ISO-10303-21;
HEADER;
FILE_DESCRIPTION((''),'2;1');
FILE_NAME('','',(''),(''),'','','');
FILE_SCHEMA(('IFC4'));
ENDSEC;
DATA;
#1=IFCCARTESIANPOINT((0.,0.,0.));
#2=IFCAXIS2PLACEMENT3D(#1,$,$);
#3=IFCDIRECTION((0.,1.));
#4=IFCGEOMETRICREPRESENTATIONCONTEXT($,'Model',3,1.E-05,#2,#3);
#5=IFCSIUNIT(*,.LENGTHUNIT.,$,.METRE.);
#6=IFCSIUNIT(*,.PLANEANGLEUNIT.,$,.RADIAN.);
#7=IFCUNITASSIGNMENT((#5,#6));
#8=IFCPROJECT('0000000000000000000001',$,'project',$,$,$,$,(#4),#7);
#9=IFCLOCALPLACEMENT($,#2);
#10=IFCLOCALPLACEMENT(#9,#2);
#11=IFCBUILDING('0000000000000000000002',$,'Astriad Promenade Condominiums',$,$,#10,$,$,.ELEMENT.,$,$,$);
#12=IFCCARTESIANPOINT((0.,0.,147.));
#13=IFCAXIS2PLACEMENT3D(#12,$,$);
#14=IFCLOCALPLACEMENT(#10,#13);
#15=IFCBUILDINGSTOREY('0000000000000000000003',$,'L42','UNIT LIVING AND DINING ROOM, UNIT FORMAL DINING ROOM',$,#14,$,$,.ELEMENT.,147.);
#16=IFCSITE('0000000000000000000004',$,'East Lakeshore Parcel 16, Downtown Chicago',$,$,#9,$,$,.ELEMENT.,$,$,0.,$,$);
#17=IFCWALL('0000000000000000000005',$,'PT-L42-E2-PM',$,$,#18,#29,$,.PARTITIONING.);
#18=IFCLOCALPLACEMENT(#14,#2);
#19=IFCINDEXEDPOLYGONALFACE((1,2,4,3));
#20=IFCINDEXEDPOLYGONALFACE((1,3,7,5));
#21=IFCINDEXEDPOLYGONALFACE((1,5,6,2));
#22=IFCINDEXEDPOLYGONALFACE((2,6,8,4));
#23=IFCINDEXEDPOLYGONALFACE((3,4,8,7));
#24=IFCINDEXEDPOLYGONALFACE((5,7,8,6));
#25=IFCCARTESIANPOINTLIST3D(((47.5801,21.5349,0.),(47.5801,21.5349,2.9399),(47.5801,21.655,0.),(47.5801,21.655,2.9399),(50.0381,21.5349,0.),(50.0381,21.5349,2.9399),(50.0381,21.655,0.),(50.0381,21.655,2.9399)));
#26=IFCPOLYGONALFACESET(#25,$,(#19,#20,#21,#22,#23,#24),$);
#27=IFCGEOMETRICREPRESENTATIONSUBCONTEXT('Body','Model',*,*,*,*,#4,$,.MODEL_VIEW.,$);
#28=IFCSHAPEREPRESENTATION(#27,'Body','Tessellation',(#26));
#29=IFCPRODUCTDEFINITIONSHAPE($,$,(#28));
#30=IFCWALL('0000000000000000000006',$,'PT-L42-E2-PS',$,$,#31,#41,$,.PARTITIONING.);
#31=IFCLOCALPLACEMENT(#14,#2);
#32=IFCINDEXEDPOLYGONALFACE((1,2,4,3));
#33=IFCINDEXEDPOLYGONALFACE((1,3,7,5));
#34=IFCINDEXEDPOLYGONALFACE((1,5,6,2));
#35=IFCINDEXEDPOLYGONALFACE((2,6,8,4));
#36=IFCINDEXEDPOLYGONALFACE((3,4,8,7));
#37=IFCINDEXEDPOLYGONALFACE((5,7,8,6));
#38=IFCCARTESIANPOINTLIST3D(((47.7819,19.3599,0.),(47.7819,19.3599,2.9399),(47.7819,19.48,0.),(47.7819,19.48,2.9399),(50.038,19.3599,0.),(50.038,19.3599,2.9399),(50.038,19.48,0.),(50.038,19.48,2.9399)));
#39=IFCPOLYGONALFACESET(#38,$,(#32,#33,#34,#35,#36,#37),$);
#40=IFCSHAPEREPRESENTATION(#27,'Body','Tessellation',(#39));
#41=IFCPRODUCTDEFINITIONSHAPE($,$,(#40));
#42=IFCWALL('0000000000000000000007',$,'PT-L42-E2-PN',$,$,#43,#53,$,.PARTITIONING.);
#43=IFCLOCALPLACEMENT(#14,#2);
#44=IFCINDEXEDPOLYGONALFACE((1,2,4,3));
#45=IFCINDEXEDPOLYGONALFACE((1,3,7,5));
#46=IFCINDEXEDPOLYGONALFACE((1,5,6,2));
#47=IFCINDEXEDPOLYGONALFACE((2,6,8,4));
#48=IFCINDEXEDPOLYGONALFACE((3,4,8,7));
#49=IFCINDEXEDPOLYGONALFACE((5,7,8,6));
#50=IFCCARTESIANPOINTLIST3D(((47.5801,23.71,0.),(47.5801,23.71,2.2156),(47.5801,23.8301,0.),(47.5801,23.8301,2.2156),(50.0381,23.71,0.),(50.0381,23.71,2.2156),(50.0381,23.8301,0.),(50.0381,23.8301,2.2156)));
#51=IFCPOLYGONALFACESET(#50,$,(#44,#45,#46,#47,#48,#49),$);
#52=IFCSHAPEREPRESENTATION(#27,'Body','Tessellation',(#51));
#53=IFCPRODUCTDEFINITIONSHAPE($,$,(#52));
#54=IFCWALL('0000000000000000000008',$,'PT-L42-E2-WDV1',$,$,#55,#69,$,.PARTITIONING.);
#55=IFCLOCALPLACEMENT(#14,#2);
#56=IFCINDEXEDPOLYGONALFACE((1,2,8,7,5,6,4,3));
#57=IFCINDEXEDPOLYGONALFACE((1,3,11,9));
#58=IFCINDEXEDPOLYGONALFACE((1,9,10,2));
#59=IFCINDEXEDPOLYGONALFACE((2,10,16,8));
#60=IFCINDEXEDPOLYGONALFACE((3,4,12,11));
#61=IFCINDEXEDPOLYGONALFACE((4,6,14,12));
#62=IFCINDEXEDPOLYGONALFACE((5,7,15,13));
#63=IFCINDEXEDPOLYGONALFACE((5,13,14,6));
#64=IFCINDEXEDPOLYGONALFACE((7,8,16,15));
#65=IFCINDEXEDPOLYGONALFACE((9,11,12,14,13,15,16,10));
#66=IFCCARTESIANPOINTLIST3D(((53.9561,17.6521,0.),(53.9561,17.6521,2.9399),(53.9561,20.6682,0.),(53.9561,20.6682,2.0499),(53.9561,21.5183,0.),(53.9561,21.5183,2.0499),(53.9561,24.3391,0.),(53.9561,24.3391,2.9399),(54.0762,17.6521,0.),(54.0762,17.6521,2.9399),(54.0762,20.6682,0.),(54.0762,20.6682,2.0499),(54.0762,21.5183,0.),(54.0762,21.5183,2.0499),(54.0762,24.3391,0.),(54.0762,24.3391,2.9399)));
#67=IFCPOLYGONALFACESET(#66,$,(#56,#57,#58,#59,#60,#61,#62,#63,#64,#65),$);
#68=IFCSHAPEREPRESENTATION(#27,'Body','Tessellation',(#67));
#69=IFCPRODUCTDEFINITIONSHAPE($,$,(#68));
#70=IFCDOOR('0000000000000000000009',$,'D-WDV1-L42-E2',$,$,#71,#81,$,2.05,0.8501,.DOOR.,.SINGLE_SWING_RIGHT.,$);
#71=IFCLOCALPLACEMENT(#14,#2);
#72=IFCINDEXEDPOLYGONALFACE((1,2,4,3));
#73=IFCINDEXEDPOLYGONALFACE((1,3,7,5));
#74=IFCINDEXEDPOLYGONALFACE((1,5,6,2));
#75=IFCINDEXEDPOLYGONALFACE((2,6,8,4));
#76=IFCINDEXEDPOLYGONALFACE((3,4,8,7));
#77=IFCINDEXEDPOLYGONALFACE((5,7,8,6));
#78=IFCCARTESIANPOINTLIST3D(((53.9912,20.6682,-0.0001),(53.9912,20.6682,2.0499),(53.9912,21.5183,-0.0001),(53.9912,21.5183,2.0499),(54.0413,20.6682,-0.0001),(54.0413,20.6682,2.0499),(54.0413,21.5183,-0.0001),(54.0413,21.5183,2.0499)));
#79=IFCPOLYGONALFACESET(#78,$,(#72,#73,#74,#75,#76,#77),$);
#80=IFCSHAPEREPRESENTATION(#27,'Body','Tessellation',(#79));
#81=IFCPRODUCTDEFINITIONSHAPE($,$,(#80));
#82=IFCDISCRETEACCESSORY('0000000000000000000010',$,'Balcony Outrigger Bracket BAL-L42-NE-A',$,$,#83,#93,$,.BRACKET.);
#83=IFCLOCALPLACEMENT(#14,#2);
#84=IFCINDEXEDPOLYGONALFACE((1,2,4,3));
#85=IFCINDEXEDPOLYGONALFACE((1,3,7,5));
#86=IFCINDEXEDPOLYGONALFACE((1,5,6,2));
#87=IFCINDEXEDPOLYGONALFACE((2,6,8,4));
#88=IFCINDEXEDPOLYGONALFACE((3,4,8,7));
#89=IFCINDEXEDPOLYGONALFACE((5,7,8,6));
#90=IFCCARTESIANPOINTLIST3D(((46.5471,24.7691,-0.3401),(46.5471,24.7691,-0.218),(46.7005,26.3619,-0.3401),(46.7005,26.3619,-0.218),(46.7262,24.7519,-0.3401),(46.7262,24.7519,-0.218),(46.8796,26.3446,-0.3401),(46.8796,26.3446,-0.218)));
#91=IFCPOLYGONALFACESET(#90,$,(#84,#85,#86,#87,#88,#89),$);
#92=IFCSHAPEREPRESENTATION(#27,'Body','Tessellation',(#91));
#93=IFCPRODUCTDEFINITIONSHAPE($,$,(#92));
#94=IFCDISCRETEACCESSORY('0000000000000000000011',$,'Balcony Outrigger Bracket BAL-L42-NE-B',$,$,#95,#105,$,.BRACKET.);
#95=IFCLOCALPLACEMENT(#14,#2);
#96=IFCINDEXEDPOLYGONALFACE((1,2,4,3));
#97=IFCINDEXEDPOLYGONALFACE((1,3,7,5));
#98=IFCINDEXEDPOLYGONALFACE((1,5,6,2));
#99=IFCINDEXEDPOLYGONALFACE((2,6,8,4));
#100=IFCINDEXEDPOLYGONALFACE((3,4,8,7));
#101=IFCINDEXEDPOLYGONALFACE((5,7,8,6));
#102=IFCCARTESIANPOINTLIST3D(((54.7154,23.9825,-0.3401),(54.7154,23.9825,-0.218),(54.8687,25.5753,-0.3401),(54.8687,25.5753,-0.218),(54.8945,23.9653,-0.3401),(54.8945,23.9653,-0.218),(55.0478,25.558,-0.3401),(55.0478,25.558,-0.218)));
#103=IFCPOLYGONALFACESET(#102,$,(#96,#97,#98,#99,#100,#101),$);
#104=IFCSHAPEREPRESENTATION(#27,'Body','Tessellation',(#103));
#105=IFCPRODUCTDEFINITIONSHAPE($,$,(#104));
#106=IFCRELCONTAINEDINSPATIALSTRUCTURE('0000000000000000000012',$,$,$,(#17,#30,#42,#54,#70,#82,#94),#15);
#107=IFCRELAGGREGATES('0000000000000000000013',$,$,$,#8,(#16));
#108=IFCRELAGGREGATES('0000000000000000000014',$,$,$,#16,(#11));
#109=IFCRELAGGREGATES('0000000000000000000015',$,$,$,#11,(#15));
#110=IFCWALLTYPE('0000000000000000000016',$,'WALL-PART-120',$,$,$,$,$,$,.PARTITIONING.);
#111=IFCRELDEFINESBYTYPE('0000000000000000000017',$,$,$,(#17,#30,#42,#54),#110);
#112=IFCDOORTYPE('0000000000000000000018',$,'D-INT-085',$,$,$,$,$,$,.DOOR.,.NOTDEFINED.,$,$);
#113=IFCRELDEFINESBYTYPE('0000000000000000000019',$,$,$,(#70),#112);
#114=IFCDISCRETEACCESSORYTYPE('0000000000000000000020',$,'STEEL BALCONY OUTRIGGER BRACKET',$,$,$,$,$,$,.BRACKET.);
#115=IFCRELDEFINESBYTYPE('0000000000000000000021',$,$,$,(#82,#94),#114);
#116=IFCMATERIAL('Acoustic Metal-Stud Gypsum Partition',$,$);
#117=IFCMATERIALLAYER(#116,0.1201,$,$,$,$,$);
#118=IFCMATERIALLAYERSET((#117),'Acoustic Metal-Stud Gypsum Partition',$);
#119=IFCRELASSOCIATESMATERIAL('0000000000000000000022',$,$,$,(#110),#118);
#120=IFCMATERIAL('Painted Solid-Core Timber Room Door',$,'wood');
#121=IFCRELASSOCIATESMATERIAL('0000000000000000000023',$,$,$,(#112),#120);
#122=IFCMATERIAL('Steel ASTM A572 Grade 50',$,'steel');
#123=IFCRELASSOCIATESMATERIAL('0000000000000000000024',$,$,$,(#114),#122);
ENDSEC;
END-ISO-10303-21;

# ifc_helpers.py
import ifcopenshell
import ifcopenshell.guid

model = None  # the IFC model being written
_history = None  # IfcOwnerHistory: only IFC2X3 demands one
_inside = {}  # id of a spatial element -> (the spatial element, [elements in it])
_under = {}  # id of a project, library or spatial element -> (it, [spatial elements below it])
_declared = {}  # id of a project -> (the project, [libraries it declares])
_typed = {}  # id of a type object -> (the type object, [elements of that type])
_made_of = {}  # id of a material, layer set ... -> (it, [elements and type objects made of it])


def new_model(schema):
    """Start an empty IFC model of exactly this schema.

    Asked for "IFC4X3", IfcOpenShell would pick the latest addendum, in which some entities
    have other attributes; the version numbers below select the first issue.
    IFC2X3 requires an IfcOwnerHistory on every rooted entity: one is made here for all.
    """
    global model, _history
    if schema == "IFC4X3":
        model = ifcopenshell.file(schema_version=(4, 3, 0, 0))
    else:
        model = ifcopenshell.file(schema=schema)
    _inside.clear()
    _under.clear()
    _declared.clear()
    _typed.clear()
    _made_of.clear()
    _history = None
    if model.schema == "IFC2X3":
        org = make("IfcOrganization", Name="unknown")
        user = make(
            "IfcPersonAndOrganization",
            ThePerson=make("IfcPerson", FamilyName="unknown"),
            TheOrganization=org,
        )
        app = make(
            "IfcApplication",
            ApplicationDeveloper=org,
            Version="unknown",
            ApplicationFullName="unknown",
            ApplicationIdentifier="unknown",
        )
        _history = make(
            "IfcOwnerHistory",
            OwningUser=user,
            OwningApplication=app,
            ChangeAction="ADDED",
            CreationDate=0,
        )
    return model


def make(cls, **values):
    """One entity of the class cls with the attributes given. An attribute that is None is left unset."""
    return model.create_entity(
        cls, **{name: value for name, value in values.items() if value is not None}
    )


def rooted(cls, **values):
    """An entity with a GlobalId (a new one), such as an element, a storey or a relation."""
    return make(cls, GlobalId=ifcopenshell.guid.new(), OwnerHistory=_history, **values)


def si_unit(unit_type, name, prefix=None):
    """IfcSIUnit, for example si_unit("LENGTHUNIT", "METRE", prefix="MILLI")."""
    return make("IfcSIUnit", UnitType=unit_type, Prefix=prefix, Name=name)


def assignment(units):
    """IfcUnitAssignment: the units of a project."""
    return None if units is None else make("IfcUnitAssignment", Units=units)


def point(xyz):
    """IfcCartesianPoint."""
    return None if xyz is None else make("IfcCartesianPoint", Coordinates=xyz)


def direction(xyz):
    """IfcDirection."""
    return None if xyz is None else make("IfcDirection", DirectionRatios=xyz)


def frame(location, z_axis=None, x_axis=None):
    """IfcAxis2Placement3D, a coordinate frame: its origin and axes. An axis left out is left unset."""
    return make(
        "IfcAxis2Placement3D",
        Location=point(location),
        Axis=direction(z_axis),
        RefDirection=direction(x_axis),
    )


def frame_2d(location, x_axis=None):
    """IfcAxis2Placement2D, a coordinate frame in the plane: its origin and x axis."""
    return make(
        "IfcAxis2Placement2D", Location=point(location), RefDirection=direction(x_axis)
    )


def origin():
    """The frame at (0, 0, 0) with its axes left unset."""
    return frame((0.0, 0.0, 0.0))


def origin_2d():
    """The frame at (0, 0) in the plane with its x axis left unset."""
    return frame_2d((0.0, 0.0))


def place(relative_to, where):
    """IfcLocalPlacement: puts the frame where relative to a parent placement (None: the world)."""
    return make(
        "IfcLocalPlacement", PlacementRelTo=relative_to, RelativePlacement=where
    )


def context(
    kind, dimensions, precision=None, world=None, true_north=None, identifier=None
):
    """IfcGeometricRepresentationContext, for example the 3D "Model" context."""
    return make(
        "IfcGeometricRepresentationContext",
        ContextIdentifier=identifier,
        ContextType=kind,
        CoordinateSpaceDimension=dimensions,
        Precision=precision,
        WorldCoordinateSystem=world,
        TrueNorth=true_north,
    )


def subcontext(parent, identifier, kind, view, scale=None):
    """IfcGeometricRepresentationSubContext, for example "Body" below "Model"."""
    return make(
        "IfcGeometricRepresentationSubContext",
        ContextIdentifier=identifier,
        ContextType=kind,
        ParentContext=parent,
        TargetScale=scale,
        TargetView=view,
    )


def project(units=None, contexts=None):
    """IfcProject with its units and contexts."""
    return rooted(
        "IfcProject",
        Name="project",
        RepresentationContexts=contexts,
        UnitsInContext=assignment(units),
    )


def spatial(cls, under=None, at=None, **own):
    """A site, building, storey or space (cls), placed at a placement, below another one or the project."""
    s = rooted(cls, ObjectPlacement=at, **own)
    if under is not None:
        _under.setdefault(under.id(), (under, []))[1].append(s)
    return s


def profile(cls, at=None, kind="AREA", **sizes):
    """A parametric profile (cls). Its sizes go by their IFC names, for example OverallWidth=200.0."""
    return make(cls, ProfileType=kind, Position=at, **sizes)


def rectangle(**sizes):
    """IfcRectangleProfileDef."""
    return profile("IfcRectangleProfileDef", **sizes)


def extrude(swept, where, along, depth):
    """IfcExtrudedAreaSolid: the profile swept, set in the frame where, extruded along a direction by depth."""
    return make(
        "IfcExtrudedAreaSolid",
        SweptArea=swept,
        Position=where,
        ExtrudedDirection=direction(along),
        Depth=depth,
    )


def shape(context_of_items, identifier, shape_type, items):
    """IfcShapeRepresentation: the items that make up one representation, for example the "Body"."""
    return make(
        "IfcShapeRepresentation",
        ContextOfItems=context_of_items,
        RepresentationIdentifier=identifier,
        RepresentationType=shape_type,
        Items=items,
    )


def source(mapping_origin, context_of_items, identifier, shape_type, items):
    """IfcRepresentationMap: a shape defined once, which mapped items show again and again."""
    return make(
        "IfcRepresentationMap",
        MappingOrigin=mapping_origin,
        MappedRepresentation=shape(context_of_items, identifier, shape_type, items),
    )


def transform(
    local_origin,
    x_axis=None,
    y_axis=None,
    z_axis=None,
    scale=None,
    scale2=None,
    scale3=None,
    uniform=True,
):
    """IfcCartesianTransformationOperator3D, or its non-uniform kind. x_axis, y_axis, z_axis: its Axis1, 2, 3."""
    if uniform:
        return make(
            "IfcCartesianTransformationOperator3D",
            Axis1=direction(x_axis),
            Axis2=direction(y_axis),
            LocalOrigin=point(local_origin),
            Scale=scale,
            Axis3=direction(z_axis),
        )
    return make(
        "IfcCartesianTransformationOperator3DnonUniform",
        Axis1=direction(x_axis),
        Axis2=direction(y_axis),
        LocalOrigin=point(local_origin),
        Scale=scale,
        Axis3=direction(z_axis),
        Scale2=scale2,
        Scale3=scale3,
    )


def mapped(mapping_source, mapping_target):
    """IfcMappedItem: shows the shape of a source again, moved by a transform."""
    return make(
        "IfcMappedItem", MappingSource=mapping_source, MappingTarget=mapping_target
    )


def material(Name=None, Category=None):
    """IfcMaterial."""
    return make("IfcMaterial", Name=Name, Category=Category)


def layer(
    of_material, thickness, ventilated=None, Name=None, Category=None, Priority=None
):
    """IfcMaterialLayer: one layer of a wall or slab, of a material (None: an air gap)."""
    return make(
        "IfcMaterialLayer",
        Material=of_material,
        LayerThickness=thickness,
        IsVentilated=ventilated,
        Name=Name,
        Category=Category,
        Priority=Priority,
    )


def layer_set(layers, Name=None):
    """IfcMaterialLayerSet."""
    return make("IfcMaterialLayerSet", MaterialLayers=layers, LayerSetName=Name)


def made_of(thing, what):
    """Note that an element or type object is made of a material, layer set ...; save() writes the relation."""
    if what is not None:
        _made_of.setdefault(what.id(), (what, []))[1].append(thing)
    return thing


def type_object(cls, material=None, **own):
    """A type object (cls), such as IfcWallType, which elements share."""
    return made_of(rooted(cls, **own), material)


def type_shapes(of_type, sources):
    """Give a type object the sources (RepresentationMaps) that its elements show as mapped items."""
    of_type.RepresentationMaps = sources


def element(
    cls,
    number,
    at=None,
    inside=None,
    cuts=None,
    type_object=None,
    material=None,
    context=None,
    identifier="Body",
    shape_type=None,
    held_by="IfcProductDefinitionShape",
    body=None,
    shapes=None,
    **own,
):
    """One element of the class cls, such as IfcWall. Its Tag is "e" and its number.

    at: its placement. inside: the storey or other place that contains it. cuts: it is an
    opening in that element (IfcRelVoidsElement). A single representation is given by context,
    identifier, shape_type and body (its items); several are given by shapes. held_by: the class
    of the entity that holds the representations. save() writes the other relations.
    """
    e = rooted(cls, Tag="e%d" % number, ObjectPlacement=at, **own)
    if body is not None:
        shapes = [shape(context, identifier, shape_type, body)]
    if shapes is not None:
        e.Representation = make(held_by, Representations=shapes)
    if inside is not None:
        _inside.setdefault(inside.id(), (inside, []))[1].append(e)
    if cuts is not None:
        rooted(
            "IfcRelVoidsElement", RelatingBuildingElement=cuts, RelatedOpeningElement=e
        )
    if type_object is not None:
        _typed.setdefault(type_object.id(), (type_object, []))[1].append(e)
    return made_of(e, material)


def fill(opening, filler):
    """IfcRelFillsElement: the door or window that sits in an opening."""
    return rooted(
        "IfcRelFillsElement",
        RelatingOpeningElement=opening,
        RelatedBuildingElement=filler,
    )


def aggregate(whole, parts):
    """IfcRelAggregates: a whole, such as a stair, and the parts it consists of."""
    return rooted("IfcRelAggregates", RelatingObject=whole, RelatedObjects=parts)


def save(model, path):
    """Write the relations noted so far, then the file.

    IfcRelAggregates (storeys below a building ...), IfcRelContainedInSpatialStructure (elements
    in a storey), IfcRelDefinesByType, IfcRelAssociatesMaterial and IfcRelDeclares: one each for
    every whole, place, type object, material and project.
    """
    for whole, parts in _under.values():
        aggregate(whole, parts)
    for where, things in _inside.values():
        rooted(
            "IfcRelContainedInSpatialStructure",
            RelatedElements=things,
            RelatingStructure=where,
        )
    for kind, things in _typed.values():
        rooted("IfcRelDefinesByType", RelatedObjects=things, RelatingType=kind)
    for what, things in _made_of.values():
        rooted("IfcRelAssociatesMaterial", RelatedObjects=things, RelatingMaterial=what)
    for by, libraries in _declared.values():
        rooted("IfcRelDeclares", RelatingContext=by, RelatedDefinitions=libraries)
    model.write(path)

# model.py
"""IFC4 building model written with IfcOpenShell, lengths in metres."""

from ifc_helpers import new_model, si_unit, direction, frame, frame_2d, origin, origin_2d, place, context, subcontext, project, spatial, rectangle, extrude, source, transform, mapped, material, layer, layer_set, type_object, type_shapes, element, fill, save


model = new_model("IFC4")

# Units and contexts
model_context = context("Model", 3, precision=1e-05, world=origin(), true_north=direction((0.0, 1.0)))
body_context = subcontext(model_context, "Body", "Model", "MODEL_VIEW")
ifc_project = project(units=[si_unit("LENGTHUNIT", "METRE"), si_unit("PLANEANGLEUNIT", "RADIAN")], contexts=[model_context])

# Site, building, storey
site_placement = place(None, origin())
site = spatial("IfcSite", under=ifc_project, at=site_placement, Name="East Lakeshore Parcel 16, Downtown Chicago", CompositionType="ELEMENT", RefElevation=0.0)
building_placement = place(site_placement, origin())
building = spatial("IfcBuilding", under=site, at=building_placement, Name="Astriad Promenade Condominiums", CompositionType="ELEMENT")
storey_placement = place(building_placement, frame((0.0, 0.0, 147.0)))
storey = spatial("IfcBuildingStorey", under=building, at=storey_placement, Name="L42", Description="UNIT LIVING AND DINING ROOM, UNIT FORMAL DINING ROOM", CompositionType="ELEMENT", Elevation=147.0)

# Shared definitions
ifc_material_1 = material(Name="Acoustic Metal-Stud Gypsum Partition")
ifc_layer_1 = layer(ifc_material_1, 0.1201)
ifc_layer_set_1 = layer_set([ifc_layer_1], Name="Acoustic Metal-Stud Gypsum Partition")
wall_type_1 = type_object("IfcWallType", Name="WALL-PART-120", PredefinedType="PARTITIONING", material=ifc_layer_set_1)
ifc_material_2 = material(Name="Painted Solid-Core Timber Room Door", Category="wood")
door_type_1 = type_object("IfcDoorType", Name="D-INT-085", OperationType="NOTDEFINED", PredefinedType="DOOR", material=ifc_material_2)
shared_shape_1 = source(origin(), body_context, "Body", "SweptSolid", [
    extrude(rectangle(XDim=0.8501, YDim=2.05, at=frame_2d((0.425, 1.0249))), frame((0.0, 0.0249, 0.0), z_axis=(0.0, -1.0, 0.0), x_axis=(1.0, 0.0, 0.0)), (0.0, 0.0, 1.0), 0.05),
])
type_shapes(door_type_1, [shared_shape_1])

# Walls
wall_1_placement = place(storey_placement, frame((47.5801, 21.595, 0.0), z_axis=(0.0, 0.0, 1.0), x_axis=(1.0, 0.0, 0.0)))
element("IfcWall", 1, at=wall_1_placement, inside=storey, type_object=wall_type_1, Name="PT-L42-E2-PM", PredefinedType="PARTITIONING", context=body_context, shape_type="SweptSolid", body=[
    extrude(rectangle(XDim=2.458, YDim=0.1201, at=frame_2d((1.229, 0.0))), origin(), (0.0, 0.0, 1.0), 2.9399),
])
wall_2_placement = place(storey_placement, frame((47.782, 19.4199, 0.0), z_axis=(0.0, 0.0, 1.0), x_axis=(1.0, 0.0, 0.0)))
element("IfcWall", 2, at=wall_2_placement, inside=storey, type_object=wall_type_1, Name="PT-L42-E2-PS", PredefinedType="PARTITIONING", context=body_context, shape_type="SweptSolid", body=[
    extrude(rectangle(XDim=2.2561, YDim=0.1201, at=frame_2d((1.1279, 0.0))), origin(), (0.0, 0.0, 1.0), 2.9399),
])
wall_3_placement = place(storey_placement, frame((47.5801, 23.77, 0.0), z_axis=(0.0, 0.0, 1.0), x_axis=(1.0, 0.0, 0.0)))
element("IfcWall", 3, at=wall_3_placement, inside=storey, type_object=wall_type_1, Name="PT-L42-E2-PN", PredefinedType="PARTITIONING", context=body_context, shape_type="SweptSolid", body=[
    extrude(rectangle(XDim=2.458, YDim=0.1201, at=frame_2d((1.229, 0.0))), origin(), (0.0, 0.0, 1.0), 2.2156),
])

# Wall, opening, door
wall_4_placement = place(storey_placement, frame((54.0161, 17.6521, 0.0), z_axis=(0.0, 0.0, 1.0), x_axis=(0.0, 1.0, 0.0)))
wall_4 = element("IfcWall", 4, at=wall_4_placement, inside=storey, type_object=wall_type_1, Name="PT-L42-E2-WDV1", PredefinedType="PARTITIONING", context=body_context, shape_type="SweptSolid", body=[
    extrude(rectangle(XDim=6.687, YDim=0.1201, at=frame_2d((3.3435, 0.0))), origin(), (0.0, 0.0, 1.0), 2.9399),
])
opening_1_placement = place(wall_4_placement, frame((3.0161, 0.0, 0.0)))
opening_1 = element("IfcOpeningElement", 5, at=opening_1_placement, cuts=wall_4, PredefinedType="OPENING", context=body_context, shape_type="SweptSolid", body=[
    extrude(rectangle(XDim=0.8501, YDim=2.05, at=frame_2d((0.425, 1.0249))), frame((0.0, 0.0701, 0.0), z_axis=(0.0, -1.0, 0.0), x_axis=(1.0, 0.0, 0.0)), (0.0, 0.0, 1.0), 0.1401),
])
door_1_placement = place(opening_1_placement, origin())
door_1 = element("IfcDoor", 6, at=door_1_placement, inside=storey, type_object=door_type_1, Name="D-WDV1-L42-E2", OperationType="SINGLE_SWING_RIGHT", OverallHeight=2.05, OverallWidth=0.8501, PredefinedType="DOOR", context=body_context, shape_type="MappedRepresentation", body=[
    mapped(shared_shape_1, transform((0.0, 0.0, 0.0), scale=1.0)),
])
fill(opening_1, door_1)

# Discrete accessories
ifc_material_3 = material(Name="Steel ASTM A572 Grade 50", Category="steel")
discrete_accessory_type = type_object("IfcDiscreteAccessoryType", Name="STEEL BALCONY OUTRIGGER BRACKET", PredefinedType="BRACKET", material=ifc_material_3)
shared_shape_2 = source(origin(), body_context, "Body", "SweptSolid", [
    extrude(rectangle(XDim=1.6001, YDim=0.1799, at=origin_2d()), origin(), (0.0, 0.0, 1.0), 0.1221),
])
type_shapes(discrete_accessory_type, [shared_shape_2])
for number, where, z_axis, x_axis, name in (
    (7, (46.7134, 25.5569, -0.3401), (0.0, 0.0, 1.0), (0.095846, 0.995396, 0.0), "Balcony Outrigger Bracket BAL-L42-NE-A"),
    (8, (54.8816, 24.7703, -0.3401), (0.0, 0.0, 1.0), (0.095846, 0.995396, 0.0), "Balcony Outrigger Bracket BAL-L42-NE-B"),
):
    element("IfcDiscreteAccessory", number, at=place(storey_placement, frame(where, z_axis=z_axis, x_axis=x_axis)), inside=storey, type_object=discrete_accessory_type, Name=name, PredefinedType="BRACKET", context=body_context, shape_type="MappedRepresentation", body=[
        mapped(shared_shape_2, transform((0.0, 0.0, 0.0), scale=1.0)),
    ])

save(model, "model.ifc")
